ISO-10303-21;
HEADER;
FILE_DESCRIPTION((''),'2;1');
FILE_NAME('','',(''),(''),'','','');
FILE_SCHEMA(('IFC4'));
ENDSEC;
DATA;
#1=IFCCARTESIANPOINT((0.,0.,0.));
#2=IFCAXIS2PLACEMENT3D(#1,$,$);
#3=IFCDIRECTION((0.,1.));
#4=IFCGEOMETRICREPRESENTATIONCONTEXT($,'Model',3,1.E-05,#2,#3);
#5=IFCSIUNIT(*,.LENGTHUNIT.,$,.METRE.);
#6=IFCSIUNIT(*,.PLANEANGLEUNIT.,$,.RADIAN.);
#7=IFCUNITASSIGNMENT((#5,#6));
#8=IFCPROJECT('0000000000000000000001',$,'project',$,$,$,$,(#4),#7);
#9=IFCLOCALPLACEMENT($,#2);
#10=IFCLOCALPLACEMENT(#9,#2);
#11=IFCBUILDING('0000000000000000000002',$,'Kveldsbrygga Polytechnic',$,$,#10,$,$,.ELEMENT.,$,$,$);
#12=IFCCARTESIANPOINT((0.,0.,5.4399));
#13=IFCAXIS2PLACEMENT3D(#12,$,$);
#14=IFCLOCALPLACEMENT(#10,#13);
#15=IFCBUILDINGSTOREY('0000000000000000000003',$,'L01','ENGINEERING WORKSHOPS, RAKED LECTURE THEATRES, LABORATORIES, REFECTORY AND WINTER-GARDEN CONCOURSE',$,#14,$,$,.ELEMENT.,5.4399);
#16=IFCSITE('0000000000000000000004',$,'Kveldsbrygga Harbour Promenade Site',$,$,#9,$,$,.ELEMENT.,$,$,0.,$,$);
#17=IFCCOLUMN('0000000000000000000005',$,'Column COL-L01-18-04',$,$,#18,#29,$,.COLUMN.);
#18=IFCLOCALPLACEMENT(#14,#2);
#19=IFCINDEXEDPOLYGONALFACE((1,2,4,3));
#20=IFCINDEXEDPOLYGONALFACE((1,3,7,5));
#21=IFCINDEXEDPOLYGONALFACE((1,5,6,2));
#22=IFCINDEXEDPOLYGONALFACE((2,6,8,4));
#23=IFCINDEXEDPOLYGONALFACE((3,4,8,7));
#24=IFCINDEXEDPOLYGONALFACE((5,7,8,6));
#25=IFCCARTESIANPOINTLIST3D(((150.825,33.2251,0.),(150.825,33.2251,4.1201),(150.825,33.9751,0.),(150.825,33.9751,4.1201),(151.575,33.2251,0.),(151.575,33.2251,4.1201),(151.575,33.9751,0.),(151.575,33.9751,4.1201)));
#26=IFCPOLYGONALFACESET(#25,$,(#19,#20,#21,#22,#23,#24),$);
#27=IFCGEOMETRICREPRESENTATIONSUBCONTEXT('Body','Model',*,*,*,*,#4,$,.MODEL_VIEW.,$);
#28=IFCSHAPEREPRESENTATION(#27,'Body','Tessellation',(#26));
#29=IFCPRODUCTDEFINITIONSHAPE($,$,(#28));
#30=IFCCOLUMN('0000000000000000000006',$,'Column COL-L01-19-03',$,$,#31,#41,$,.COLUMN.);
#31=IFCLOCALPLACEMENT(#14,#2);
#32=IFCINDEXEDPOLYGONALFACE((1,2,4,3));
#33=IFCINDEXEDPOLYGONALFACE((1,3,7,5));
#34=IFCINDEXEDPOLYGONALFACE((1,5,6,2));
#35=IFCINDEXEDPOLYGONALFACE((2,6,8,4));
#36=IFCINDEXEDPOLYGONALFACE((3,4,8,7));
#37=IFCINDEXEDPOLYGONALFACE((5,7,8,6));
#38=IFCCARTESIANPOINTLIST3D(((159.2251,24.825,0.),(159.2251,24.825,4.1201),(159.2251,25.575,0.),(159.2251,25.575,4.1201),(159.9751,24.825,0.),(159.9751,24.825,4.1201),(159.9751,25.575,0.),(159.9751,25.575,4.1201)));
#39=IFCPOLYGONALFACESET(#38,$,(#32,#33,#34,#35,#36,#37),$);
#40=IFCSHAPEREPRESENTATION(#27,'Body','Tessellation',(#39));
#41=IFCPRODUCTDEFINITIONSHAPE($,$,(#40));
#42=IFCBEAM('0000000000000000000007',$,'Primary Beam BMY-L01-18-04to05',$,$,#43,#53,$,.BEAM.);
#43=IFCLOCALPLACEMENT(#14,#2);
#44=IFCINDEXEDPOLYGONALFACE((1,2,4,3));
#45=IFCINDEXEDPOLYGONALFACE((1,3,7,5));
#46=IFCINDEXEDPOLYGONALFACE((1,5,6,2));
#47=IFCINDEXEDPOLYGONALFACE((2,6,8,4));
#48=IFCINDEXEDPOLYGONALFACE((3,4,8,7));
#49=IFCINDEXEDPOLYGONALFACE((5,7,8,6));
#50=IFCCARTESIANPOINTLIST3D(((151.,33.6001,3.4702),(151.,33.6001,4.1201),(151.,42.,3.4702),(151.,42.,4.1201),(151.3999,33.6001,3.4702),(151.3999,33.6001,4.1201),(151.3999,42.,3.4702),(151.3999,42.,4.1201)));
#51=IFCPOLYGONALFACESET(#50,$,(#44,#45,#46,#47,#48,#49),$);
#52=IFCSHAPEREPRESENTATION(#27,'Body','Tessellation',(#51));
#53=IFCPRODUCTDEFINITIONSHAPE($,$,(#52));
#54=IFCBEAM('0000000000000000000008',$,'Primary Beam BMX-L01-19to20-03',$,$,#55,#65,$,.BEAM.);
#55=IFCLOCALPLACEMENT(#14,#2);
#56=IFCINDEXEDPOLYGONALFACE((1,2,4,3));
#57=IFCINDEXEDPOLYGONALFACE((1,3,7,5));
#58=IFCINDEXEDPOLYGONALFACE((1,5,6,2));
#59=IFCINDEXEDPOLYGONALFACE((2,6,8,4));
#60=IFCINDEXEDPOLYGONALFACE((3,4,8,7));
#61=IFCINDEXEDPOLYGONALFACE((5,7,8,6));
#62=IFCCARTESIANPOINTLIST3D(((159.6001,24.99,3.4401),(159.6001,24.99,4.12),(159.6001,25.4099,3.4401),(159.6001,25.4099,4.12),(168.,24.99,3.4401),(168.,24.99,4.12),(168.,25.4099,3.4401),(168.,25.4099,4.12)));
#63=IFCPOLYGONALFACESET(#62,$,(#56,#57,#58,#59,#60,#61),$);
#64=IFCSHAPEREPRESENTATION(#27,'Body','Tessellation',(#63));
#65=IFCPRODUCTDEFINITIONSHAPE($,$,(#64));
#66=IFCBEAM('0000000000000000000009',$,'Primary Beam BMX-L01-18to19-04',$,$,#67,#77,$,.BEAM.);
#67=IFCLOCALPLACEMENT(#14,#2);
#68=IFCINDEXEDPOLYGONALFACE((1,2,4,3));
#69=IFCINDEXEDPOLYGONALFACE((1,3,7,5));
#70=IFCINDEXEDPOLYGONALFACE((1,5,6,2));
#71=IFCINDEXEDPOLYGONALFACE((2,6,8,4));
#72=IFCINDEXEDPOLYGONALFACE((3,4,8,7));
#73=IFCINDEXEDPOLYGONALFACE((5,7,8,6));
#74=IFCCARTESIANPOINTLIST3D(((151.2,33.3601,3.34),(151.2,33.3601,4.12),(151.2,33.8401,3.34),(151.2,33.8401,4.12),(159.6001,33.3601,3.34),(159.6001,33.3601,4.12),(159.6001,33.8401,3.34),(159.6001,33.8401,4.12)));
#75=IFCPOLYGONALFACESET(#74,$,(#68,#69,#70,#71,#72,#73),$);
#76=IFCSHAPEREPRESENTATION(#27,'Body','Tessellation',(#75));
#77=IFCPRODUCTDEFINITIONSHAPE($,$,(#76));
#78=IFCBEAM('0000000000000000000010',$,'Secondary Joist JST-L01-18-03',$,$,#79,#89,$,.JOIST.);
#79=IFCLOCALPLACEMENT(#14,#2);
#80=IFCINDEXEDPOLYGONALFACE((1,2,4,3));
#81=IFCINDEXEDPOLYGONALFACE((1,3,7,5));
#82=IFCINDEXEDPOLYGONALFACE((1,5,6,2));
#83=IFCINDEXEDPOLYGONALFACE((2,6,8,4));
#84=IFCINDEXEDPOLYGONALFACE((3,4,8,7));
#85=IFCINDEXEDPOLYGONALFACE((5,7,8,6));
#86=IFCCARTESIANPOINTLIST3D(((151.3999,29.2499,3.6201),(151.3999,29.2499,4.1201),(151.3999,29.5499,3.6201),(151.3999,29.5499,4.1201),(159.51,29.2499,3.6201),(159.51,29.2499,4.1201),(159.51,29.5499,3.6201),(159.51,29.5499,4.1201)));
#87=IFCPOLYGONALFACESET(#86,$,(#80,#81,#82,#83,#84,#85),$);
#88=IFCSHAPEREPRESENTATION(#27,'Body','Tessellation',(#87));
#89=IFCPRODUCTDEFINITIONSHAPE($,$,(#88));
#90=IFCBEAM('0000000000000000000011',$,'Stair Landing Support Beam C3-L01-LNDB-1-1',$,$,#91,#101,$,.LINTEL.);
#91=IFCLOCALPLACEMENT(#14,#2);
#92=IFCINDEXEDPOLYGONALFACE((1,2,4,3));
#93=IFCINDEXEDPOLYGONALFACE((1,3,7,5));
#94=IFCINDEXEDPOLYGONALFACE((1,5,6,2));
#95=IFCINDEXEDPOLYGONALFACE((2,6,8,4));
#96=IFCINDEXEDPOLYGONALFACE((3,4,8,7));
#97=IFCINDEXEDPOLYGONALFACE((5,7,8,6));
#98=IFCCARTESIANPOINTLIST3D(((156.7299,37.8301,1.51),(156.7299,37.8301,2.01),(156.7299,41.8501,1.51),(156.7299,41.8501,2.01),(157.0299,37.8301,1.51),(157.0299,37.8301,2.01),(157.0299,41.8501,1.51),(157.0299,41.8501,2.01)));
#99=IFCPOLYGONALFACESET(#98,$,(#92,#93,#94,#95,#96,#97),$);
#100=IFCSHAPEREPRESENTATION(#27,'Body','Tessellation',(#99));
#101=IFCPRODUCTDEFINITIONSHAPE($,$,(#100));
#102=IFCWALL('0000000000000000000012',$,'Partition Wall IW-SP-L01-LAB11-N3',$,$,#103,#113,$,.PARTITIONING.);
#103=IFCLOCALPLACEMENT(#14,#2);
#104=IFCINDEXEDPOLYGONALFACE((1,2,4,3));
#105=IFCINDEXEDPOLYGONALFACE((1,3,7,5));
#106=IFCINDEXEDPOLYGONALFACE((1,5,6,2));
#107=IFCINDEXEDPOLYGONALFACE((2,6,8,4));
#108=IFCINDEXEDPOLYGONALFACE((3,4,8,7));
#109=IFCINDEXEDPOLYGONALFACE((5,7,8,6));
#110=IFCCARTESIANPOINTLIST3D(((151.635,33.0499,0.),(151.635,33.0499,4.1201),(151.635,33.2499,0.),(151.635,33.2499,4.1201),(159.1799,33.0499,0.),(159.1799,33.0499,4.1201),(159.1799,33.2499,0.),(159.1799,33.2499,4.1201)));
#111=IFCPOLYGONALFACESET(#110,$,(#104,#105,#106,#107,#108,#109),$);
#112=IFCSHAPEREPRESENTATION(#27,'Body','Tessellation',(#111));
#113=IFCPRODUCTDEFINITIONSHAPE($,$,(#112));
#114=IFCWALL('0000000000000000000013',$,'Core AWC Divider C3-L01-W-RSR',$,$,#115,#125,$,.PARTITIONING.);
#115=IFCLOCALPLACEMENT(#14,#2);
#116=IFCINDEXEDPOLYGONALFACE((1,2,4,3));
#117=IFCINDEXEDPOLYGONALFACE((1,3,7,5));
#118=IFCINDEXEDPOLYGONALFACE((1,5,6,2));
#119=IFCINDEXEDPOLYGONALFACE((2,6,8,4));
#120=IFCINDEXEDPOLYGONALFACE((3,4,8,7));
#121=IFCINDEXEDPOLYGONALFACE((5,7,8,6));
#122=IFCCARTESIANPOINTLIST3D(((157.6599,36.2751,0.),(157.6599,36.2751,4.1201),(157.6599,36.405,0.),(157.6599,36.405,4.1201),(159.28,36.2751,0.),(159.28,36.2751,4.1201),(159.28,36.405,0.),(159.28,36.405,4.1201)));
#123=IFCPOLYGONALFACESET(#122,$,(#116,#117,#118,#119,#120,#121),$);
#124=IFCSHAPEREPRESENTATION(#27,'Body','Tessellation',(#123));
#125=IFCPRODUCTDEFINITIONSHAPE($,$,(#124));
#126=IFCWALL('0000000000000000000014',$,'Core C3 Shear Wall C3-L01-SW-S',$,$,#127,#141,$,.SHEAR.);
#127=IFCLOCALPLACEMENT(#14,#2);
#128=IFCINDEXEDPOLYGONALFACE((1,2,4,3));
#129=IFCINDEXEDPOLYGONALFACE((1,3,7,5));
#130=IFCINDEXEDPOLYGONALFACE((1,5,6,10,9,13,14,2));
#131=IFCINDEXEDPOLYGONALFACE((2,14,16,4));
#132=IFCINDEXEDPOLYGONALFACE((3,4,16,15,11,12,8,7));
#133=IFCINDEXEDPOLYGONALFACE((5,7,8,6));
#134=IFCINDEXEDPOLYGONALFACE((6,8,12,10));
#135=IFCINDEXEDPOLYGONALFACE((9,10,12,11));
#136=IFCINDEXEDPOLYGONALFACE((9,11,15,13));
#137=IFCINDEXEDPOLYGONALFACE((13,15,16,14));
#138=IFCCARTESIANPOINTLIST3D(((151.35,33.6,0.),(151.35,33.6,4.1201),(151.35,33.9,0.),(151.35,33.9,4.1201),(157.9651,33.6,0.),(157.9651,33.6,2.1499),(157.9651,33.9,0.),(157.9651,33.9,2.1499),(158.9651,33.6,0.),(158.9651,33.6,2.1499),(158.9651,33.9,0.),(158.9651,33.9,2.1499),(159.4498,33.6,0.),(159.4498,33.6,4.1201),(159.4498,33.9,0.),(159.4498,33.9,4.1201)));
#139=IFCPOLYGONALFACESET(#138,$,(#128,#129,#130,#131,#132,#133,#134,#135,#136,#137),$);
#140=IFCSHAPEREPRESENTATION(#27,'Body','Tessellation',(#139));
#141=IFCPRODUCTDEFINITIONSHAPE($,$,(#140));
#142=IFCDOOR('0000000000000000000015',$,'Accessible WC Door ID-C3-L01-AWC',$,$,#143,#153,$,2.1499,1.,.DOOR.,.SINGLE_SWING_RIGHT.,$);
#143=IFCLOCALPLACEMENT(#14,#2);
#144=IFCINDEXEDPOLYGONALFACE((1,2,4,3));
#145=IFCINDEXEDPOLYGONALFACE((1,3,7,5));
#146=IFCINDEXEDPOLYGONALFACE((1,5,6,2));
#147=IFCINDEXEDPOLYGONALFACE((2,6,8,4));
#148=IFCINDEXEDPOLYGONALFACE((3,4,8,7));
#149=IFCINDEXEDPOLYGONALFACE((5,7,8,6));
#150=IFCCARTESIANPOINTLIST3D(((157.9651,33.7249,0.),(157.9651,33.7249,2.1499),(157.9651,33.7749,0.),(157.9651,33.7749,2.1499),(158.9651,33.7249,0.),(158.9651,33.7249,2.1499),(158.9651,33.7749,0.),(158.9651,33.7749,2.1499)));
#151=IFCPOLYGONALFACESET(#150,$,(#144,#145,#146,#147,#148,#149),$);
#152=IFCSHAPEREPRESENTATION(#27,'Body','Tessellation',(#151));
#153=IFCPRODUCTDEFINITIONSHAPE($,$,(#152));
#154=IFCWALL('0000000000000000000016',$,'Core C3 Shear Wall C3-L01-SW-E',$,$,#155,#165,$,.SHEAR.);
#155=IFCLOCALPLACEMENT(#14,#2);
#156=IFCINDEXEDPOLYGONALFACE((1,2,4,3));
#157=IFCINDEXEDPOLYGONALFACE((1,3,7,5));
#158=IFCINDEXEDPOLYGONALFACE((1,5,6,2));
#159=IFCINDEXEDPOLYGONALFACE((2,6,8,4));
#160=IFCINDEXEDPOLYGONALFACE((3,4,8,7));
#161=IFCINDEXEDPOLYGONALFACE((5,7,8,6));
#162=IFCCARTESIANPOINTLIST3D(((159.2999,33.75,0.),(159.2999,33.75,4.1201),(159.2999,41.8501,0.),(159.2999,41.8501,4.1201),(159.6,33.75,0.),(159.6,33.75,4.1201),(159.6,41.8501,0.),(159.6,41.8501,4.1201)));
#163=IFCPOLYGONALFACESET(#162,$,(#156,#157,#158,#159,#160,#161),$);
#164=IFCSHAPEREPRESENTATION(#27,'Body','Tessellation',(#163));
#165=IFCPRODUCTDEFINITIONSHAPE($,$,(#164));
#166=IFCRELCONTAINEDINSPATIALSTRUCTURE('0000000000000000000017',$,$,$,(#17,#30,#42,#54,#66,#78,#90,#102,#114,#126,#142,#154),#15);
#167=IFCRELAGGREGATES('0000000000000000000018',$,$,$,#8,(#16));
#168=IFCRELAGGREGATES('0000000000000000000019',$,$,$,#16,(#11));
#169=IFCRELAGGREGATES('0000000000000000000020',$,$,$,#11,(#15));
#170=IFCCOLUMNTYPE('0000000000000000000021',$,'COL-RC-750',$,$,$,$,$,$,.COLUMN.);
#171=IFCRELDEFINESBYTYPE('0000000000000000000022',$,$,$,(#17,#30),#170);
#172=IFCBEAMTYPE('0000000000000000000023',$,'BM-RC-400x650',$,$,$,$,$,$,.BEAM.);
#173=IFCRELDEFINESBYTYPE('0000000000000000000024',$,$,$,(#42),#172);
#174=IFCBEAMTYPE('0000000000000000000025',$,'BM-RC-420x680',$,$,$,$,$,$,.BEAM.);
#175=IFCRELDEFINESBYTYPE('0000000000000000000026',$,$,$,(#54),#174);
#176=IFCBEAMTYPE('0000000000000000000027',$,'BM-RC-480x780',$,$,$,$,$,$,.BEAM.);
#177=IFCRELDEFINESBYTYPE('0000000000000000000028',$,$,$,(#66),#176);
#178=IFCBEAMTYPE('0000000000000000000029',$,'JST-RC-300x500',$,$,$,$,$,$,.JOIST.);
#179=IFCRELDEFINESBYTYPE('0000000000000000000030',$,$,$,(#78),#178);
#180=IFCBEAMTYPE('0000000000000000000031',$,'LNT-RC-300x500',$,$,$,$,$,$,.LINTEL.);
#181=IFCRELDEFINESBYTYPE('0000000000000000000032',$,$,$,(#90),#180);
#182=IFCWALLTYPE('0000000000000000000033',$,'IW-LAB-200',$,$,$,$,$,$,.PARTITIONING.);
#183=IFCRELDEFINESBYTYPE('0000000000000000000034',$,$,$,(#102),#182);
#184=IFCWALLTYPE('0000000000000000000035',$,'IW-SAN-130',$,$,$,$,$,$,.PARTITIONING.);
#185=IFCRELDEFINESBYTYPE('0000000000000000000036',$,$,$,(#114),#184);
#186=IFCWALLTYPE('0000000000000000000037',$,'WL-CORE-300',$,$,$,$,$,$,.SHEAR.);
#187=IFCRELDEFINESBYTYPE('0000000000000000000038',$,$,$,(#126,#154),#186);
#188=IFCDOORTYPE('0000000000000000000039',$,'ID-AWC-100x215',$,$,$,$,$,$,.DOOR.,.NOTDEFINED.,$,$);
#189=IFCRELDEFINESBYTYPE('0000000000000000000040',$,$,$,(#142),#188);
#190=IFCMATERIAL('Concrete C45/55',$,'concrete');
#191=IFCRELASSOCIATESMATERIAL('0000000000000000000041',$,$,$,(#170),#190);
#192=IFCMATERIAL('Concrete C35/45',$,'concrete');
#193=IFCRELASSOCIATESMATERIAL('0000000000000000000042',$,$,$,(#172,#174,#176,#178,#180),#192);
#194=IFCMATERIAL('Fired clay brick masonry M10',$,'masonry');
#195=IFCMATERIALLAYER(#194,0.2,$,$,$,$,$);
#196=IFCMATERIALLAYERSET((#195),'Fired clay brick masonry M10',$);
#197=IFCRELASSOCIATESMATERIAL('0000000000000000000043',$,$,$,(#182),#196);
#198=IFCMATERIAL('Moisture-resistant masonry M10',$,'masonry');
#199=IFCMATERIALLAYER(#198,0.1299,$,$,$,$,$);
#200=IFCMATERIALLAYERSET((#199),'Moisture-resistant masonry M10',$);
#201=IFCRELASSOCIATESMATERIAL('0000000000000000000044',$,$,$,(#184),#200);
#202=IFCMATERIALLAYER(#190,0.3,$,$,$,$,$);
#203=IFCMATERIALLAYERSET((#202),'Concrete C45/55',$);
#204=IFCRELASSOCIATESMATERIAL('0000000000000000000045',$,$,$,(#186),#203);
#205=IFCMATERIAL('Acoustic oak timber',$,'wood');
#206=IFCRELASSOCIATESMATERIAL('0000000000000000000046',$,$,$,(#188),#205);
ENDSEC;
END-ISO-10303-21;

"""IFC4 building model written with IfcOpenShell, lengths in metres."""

from ifc_helpers import new_model, si_unit, direction, frame, frame_2d, origin, origin_2d, place, context, subcontext, project, spatial, rectangle, extrude, material, layer, layer_set, material_profile, profile_set, type_object, element, fill, save


model = new_model("IFC4")

# Units and contexts
model_context = context("Model", 3, precision=1e-05, world=origin(), true_north=direction((0.0, 1.0)))
body_context = subcontext(model_context, "Body", "Model", "MODEL_VIEW")
ifc_project = project(units=[si_unit("LENGTHUNIT", "METRE"), si_unit("PLANEANGLEUNIT", "RADIAN")], contexts=[model_context])

# Site, building, storey
site_placement = place(None, origin())
site = spatial("IfcSite", under=ifc_project, at=site_placement, Name="Kveldsbrygga Harbour Promenade Site", CompositionType="ELEMENT", RefElevation=0.0)
building_placement = place(site_placement, origin())
building = spatial("IfcBuilding", under=site, at=building_placement, Name="Kveldsbrygga Polytechnic", CompositionType="ELEMENT")
storey_placement = place(building_placement, frame((0.0, 0.0, 5.4399)))
storey = spatial("IfcBuildingStorey", under=building, at=storey_placement, Name="L01", Description="ENGINEERING WORKSHOPS, RAKED LECTURE THEATRES, LABORATORIES, REFECTORY AND WINTER-GARDEN CONCOURSE", CompositionType="ELEMENT", Elevation=5.4399)

# Columns
ifc_material_1 = material(Name="Concrete C45/55", Category="concrete")
ifc_material_profile_1 = material_profile(ifc_material_1, rectangle(XDim=0.75, YDim=0.75, at=origin_2d()), Name="RC 750x750")
ifc_profile_set_1 = profile_set([ifc_material_profile_1], Name="Concrete C45/55")
column_type = type_object("IfcColumnType", Name="COL-RC-750", PredefinedType="COLUMN", material=ifc_profile_set_1)
for number, where, z_axis, x_axis, name in (
    (1, (151.2, 33.6001, 0.0), (0.0, 0.0, 1.0), (1.0, 0.0, 0.0), "Column COL-L01-18-04"),
    (2, (159.6001, 25.2, 0.0), (0.0, 0.0, 1.0), (1.0, 0.0, 0.0), "Column COL-L01-19-03"),
):
    element("IfcColumn", number, at=place(storey_placement, frame(where, z_axis=z_axis, x_axis=x_axis)), inside=storey, type_object=column_type, Name=name, PredefinedType="COLUMN", context=body_context, shape_type="SweptSolid", body=[
        extrude(rectangle(XDim=0.75, YDim=0.75, at=origin_2d()), origin(), (0.0, 0.0, 1.0), 4.1201),
    ])

# Beams
ifc_material_2 = material(Name="Concrete C35/45", Category="concrete")
ifc_material_profile_2 = material_profile(ifc_material_2, rectangle(XDim=0.3999, YDim=0.6499, at=origin_2d()), Name="RC 400x650")
ifc_profile_set_2 = profile_set([ifc_material_profile_2], Name="Concrete C35/45")
beam_type_1 = type_object("IfcBeamType", Name="BM-RC-400x650", PredefinedType="BEAM", material=ifc_profile_set_2)
beam_1_placement = place(storey_placement, frame((151.2, 33.6001, 3.7952), z_axis=(0.0, 1.0, 0.0), x_axis=(-1.0, 0.0, 0.0)))
element("IfcBeam", 3, at=beam_1_placement, inside=storey, type_object=beam_type_1, Name="Primary Beam BMY-L01-18-04to05", PredefinedType="BEAM", context=body_context, shape_type="SweptSolid", body=[
    extrude(rectangle(XDim=0.3999, YDim=0.6499, at=origin_2d()), origin(), (0.0, 0.0, 1.0), 8.3999),
])
ifc_material_profile_3 = material_profile(ifc_material_2, rectangle(XDim=0.4199, YDim=0.6799, at=origin_2d()), Name="RC 420x680")
ifc_profile_set_3 = profile_set([ifc_material_profile_3], Name="Concrete C35/45")
beam_type_2 = type_object("IfcBeamType", Name="BM-RC-420x680", PredefinedType="BEAM", material=ifc_profile_set_3)
beam_2_placement = place(storey_placement, frame((159.6001, 25.2, 3.78), z_axis=(1.0, 0.0, 0.0), x_axis=(0.0, 1.0, 0.0)))
element("IfcBeam", 4, at=beam_2_placement, inside=storey, type_object=beam_type_2, Name="Primary Beam BMX-L01-19to20-03", PredefinedType="BEAM", context=body_context, shape_type="SweptSolid", body=[
    extrude(rectangle(XDim=0.4199, YDim=0.6799, at=origin_2d()), origin(), (0.0, 0.0, 1.0), 8.3999),
])
ifc_material_profile_4 = material_profile(ifc_material_2, rectangle(XDim=0.48, YDim=0.78, at=origin_2d()), Name="RC 480x780")
ifc_profile_set_4 = profile_set([ifc_material_profile_4], Name="Concrete C35/45")
beam_type_3 = type_object("IfcBeamType", Name="BM-RC-480x780", PredefinedType="BEAM", material=ifc_profile_set_4)
beam_3_placement = place(storey_placement, frame((151.2, 33.6001, 3.73), z_axis=(1.0, 0.0, 0.0), x_axis=(0.0, 1.0, 0.0)))
element("IfcBeam", 5, at=beam_3_placement, inside=storey, type_object=beam_type_3, Name="Primary Beam BMX-L01-18to19-04", PredefinedType="BEAM", context=body_context, shape_type="SweptSolid", body=[
    extrude(rectangle(XDim=0.48, YDim=0.78, at=origin_2d()), origin(), (0.0, 0.0, 1.0), 8.4001),
])
ifc_material_profile_5 = material_profile(ifc_material_2, rectangle(XDim=0.3, YDim=0.5, at=origin_2d()), Name="RC 300x500")
ifc_profile_set_5 = profile_set([ifc_material_profile_5], Name="Concrete C35/45")
beam_type_4 = type_object("IfcBeamType", Name="JST-RC-300x500", PredefinedType="JOIST", material=ifc_profile_set_5)
beam_4_placement = place(storey_placement, frame((151.3999, 29.3999, 3.8701), z_axis=(1.0, 0.0, 0.0), x_axis=(0.0, 1.0, 0.0)))
element("IfcBeam", 6, at=beam_4_placement, inside=storey, type_object=beam_type_4, Name="Secondary Joist JST-L01-18-03", PredefinedType="JOIST", context=body_context, shape_type="SweptSolid", body=[
    extrude(rectangle(XDim=0.3, YDim=0.5, at=origin_2d()), origin(), (0.0, 0.0, 1.0), 8.1101),
])
ifc_material_profile_6 = material_profile(ifc_material_2, rectangle(XDim=0.3, YDim=0.5, at=origin_2d()), Name="RC 300x500")
ifc_profile_set_6 = profile_set([ifc_material_profile_6], Name="Concrete C35/45")
beam_type_5 = type_object("IfcBeamType", Name="LNT-RC-300x500", PredefinedType="LINTEL", material=ifc_profile_set_6)
beam_5_placement = place(storey_placement, frame((156.8799, 37.8301, 1.76), z_axis=(0.0, 1.0, 0.0), x_axis=(-1.0, 0.0, 0.0)))
element("IfcBeam", 7, at=beam_5_placement, inside=storey, type_object=beam_type_5, Name="Stair Landing Support Beam C3-L01-LNDB-1-1", PredefinedType="LINTEL", context=body_context, shape_type="SweptSolid", body=[
    extrude(rectangle(XDim=0.3, YDim=0.5, at=origin_2d()), origin(), (0.0, 0.0, 1.0), 4.02),
])

# Walls
ifc_material_3 = material(Name="Fired clay brick masonry M10", Category="masonry")
ifc_layer_1 = layer(ifc_material_3, 0.2)
ifc_layer_set_1 = layer_set([ifc_layer_1], Name="Fired clay brick masonry M10")
wall_type_1 = type_object("IfcWallType", Name="IW-LAB-200", PredefinedType="PARTITIONING", material=ifc_layer_set_1)
wall_1_placement = place(storey_placement, frame((151.635, 33.1499, 0.0), z_axis=(0.0, 0.0, 1.0), x_axis=(1.0, 0.0, 0.0)))
element("IfcWall", 8, at=wall_1_placement, inside=storey, type_object=wall_type_1, Name="Partition Wall IW-SP-L01-LAB11-N3", PredefinedType="PARTITIONING", context=body_context, shape_type="SweptSolid", body=[
    extrude(rectangle(XDim=7.5449, YDim=0.2, at=frame_2d((3.7725, 0.0))), origin(), (0.0, 0.0, 1.0), 4.1201),
])
ifc_material_4 = material(Name="Moisture-resistant masonry M10", Category="masonry")
ifc_layer_2 = layer(ifc_material_4, 0.1299)
ifc_layer_set_2 = layer_set([ifc_layer_2], Name="Moisture-resistant masonry M10")
wall_type_2 = type_object("IfcWallType", Name="IW-SAN-130", PredefinedType="PARTITIONING", material=ifc_layer_set_2)
wall_2_placement = place(storey_placement, frame((157.6599, 36.3401, 0.0), z_axis=(0.0, 0.0, 1.0), x_axis=(1.0, 0.0, 0.0)))
element("IfcWall", 9, at=wall_2_placement, inside=storey, type_object=wall_type_2, Name="Core AWC Divider C3-L01-W-RSR", PredefinedType="PARTITIONING", context=body_context, shape_type="SweptSolid", body=[
    extrude(rectangle(XDim=1.6201, YDim=0.1299, at=frame_2d((0.8101, 0.0))), origin(), (0.0, 0.0, 1.0), 4.1201),
])

# Wall, opening, door
ifc_layer_3 = layer(ifc_material_1, 0.3)
ifc_layer_set_3 = layer_set([ifc_layer_3], Name="Concrete C45/55")
wall_type_3 = type_object("IfcWallType", Name="WL-CORE-300", PredefinedType="SHEAR", material=ifc_layer_set_3)
wall_3_placement = place(storey_placement, frame((151.3501, 33.75, 0.0), z_axis=(0.0, 0.0, 1.0), x_axis=(1.0, 0.0, 0.0)))
wall_3 = element("IfcWall", 10, at=wall_3_placement, inside=storey, type_object=wall_type_3, Name="Core C3 Shear Wall C3-L01-SW-S", PredefinedType="SHEAR", context=body_context, shape_type="SweptSolid", body=[
    extrude(rectangle(XDim=8.0999, YDim=0.3, at=frame_2d((4.0498, 0.0))), origin(), (0.0, 0.0, 1.0), 4.1201),
])
opening_1_placement = place(wall_3_placement, frame((6.615, 0.0, 0.0)))
opening_1 = element("IfcOpeningElement", 11, at=opening_1_placement, cuts=wall_3, PredefinedType="OPENING", context=body_context, shape_type="SweptSolid", body=[
    extrude(rectangle(XDim=1.0, YDim=2.1499, at=frame_2d((0.5, 1.075))), frame((0.0, 0.1602, 0.0), z_axis=(0.0, -1.0, 0.0), x_axis=(1.0, 0.0, 0.0)), (0.0, 0.0, 1.0), 0.3201),
])
ifc_material_5 = material(Name="Acoustic oak timber", Category="wood")
door_type_1 = type_object("IfcDoorType", Name="ID-AWC-100x215", OperationType="NOTDEFINED", PredefinedType="DOOR", material=ifc_material_5)
door_1_placement = place(opening_1_placement, origin())
door_1 = element("IfcDoor", 12, at=door_1_placement, inside=storey, type_object=door_type_1, Name="Accessible WC Door ID-C3-L01-AWC", OperationType="SINGLE_SWING_RIGHT", OverallHeight=2.1499, OverallWidth=1.0, PredefinedType="DOOR", context=body_context, shape_type="SweptSolid", body=[
    extrude(rectangle(XDim=1.0, YDim=2.1499, at=frame_2d((0.5, 1.075))), frame((0.0, 0.0249, 0.0), z_axis=(0.0, -1.0, 0.0), x_axis=(1.0, 0.0, 0.0)), (0.0, 0.0, 1.0), 0.05),
])
fill(opening_1, door_1)

# Wall
wall_4_placement = place(storey_placement, frame((159.45, 33.75, 0.0), z_axis=(0.0, 0.0, 1.0), x_axis=(0.0, 1.0, 0.0)))
element("IfcWall", 13, at=wall_4_placement, inside=storey, type_object=wall_type_3, Name="Core C3 Shear Wall C3-L01-SW-E", PredefinedType="SHEAR", context=body_context, shape_type="SweptSolid", body=[
    extrude(rectangle(XDim=8.1001, YDim=0.3, at=frame_2d((4.05, 0.0))), origin(), (0.0, 0.0, 1.0), 4.1201),
])

save(model, "model.ifc")
